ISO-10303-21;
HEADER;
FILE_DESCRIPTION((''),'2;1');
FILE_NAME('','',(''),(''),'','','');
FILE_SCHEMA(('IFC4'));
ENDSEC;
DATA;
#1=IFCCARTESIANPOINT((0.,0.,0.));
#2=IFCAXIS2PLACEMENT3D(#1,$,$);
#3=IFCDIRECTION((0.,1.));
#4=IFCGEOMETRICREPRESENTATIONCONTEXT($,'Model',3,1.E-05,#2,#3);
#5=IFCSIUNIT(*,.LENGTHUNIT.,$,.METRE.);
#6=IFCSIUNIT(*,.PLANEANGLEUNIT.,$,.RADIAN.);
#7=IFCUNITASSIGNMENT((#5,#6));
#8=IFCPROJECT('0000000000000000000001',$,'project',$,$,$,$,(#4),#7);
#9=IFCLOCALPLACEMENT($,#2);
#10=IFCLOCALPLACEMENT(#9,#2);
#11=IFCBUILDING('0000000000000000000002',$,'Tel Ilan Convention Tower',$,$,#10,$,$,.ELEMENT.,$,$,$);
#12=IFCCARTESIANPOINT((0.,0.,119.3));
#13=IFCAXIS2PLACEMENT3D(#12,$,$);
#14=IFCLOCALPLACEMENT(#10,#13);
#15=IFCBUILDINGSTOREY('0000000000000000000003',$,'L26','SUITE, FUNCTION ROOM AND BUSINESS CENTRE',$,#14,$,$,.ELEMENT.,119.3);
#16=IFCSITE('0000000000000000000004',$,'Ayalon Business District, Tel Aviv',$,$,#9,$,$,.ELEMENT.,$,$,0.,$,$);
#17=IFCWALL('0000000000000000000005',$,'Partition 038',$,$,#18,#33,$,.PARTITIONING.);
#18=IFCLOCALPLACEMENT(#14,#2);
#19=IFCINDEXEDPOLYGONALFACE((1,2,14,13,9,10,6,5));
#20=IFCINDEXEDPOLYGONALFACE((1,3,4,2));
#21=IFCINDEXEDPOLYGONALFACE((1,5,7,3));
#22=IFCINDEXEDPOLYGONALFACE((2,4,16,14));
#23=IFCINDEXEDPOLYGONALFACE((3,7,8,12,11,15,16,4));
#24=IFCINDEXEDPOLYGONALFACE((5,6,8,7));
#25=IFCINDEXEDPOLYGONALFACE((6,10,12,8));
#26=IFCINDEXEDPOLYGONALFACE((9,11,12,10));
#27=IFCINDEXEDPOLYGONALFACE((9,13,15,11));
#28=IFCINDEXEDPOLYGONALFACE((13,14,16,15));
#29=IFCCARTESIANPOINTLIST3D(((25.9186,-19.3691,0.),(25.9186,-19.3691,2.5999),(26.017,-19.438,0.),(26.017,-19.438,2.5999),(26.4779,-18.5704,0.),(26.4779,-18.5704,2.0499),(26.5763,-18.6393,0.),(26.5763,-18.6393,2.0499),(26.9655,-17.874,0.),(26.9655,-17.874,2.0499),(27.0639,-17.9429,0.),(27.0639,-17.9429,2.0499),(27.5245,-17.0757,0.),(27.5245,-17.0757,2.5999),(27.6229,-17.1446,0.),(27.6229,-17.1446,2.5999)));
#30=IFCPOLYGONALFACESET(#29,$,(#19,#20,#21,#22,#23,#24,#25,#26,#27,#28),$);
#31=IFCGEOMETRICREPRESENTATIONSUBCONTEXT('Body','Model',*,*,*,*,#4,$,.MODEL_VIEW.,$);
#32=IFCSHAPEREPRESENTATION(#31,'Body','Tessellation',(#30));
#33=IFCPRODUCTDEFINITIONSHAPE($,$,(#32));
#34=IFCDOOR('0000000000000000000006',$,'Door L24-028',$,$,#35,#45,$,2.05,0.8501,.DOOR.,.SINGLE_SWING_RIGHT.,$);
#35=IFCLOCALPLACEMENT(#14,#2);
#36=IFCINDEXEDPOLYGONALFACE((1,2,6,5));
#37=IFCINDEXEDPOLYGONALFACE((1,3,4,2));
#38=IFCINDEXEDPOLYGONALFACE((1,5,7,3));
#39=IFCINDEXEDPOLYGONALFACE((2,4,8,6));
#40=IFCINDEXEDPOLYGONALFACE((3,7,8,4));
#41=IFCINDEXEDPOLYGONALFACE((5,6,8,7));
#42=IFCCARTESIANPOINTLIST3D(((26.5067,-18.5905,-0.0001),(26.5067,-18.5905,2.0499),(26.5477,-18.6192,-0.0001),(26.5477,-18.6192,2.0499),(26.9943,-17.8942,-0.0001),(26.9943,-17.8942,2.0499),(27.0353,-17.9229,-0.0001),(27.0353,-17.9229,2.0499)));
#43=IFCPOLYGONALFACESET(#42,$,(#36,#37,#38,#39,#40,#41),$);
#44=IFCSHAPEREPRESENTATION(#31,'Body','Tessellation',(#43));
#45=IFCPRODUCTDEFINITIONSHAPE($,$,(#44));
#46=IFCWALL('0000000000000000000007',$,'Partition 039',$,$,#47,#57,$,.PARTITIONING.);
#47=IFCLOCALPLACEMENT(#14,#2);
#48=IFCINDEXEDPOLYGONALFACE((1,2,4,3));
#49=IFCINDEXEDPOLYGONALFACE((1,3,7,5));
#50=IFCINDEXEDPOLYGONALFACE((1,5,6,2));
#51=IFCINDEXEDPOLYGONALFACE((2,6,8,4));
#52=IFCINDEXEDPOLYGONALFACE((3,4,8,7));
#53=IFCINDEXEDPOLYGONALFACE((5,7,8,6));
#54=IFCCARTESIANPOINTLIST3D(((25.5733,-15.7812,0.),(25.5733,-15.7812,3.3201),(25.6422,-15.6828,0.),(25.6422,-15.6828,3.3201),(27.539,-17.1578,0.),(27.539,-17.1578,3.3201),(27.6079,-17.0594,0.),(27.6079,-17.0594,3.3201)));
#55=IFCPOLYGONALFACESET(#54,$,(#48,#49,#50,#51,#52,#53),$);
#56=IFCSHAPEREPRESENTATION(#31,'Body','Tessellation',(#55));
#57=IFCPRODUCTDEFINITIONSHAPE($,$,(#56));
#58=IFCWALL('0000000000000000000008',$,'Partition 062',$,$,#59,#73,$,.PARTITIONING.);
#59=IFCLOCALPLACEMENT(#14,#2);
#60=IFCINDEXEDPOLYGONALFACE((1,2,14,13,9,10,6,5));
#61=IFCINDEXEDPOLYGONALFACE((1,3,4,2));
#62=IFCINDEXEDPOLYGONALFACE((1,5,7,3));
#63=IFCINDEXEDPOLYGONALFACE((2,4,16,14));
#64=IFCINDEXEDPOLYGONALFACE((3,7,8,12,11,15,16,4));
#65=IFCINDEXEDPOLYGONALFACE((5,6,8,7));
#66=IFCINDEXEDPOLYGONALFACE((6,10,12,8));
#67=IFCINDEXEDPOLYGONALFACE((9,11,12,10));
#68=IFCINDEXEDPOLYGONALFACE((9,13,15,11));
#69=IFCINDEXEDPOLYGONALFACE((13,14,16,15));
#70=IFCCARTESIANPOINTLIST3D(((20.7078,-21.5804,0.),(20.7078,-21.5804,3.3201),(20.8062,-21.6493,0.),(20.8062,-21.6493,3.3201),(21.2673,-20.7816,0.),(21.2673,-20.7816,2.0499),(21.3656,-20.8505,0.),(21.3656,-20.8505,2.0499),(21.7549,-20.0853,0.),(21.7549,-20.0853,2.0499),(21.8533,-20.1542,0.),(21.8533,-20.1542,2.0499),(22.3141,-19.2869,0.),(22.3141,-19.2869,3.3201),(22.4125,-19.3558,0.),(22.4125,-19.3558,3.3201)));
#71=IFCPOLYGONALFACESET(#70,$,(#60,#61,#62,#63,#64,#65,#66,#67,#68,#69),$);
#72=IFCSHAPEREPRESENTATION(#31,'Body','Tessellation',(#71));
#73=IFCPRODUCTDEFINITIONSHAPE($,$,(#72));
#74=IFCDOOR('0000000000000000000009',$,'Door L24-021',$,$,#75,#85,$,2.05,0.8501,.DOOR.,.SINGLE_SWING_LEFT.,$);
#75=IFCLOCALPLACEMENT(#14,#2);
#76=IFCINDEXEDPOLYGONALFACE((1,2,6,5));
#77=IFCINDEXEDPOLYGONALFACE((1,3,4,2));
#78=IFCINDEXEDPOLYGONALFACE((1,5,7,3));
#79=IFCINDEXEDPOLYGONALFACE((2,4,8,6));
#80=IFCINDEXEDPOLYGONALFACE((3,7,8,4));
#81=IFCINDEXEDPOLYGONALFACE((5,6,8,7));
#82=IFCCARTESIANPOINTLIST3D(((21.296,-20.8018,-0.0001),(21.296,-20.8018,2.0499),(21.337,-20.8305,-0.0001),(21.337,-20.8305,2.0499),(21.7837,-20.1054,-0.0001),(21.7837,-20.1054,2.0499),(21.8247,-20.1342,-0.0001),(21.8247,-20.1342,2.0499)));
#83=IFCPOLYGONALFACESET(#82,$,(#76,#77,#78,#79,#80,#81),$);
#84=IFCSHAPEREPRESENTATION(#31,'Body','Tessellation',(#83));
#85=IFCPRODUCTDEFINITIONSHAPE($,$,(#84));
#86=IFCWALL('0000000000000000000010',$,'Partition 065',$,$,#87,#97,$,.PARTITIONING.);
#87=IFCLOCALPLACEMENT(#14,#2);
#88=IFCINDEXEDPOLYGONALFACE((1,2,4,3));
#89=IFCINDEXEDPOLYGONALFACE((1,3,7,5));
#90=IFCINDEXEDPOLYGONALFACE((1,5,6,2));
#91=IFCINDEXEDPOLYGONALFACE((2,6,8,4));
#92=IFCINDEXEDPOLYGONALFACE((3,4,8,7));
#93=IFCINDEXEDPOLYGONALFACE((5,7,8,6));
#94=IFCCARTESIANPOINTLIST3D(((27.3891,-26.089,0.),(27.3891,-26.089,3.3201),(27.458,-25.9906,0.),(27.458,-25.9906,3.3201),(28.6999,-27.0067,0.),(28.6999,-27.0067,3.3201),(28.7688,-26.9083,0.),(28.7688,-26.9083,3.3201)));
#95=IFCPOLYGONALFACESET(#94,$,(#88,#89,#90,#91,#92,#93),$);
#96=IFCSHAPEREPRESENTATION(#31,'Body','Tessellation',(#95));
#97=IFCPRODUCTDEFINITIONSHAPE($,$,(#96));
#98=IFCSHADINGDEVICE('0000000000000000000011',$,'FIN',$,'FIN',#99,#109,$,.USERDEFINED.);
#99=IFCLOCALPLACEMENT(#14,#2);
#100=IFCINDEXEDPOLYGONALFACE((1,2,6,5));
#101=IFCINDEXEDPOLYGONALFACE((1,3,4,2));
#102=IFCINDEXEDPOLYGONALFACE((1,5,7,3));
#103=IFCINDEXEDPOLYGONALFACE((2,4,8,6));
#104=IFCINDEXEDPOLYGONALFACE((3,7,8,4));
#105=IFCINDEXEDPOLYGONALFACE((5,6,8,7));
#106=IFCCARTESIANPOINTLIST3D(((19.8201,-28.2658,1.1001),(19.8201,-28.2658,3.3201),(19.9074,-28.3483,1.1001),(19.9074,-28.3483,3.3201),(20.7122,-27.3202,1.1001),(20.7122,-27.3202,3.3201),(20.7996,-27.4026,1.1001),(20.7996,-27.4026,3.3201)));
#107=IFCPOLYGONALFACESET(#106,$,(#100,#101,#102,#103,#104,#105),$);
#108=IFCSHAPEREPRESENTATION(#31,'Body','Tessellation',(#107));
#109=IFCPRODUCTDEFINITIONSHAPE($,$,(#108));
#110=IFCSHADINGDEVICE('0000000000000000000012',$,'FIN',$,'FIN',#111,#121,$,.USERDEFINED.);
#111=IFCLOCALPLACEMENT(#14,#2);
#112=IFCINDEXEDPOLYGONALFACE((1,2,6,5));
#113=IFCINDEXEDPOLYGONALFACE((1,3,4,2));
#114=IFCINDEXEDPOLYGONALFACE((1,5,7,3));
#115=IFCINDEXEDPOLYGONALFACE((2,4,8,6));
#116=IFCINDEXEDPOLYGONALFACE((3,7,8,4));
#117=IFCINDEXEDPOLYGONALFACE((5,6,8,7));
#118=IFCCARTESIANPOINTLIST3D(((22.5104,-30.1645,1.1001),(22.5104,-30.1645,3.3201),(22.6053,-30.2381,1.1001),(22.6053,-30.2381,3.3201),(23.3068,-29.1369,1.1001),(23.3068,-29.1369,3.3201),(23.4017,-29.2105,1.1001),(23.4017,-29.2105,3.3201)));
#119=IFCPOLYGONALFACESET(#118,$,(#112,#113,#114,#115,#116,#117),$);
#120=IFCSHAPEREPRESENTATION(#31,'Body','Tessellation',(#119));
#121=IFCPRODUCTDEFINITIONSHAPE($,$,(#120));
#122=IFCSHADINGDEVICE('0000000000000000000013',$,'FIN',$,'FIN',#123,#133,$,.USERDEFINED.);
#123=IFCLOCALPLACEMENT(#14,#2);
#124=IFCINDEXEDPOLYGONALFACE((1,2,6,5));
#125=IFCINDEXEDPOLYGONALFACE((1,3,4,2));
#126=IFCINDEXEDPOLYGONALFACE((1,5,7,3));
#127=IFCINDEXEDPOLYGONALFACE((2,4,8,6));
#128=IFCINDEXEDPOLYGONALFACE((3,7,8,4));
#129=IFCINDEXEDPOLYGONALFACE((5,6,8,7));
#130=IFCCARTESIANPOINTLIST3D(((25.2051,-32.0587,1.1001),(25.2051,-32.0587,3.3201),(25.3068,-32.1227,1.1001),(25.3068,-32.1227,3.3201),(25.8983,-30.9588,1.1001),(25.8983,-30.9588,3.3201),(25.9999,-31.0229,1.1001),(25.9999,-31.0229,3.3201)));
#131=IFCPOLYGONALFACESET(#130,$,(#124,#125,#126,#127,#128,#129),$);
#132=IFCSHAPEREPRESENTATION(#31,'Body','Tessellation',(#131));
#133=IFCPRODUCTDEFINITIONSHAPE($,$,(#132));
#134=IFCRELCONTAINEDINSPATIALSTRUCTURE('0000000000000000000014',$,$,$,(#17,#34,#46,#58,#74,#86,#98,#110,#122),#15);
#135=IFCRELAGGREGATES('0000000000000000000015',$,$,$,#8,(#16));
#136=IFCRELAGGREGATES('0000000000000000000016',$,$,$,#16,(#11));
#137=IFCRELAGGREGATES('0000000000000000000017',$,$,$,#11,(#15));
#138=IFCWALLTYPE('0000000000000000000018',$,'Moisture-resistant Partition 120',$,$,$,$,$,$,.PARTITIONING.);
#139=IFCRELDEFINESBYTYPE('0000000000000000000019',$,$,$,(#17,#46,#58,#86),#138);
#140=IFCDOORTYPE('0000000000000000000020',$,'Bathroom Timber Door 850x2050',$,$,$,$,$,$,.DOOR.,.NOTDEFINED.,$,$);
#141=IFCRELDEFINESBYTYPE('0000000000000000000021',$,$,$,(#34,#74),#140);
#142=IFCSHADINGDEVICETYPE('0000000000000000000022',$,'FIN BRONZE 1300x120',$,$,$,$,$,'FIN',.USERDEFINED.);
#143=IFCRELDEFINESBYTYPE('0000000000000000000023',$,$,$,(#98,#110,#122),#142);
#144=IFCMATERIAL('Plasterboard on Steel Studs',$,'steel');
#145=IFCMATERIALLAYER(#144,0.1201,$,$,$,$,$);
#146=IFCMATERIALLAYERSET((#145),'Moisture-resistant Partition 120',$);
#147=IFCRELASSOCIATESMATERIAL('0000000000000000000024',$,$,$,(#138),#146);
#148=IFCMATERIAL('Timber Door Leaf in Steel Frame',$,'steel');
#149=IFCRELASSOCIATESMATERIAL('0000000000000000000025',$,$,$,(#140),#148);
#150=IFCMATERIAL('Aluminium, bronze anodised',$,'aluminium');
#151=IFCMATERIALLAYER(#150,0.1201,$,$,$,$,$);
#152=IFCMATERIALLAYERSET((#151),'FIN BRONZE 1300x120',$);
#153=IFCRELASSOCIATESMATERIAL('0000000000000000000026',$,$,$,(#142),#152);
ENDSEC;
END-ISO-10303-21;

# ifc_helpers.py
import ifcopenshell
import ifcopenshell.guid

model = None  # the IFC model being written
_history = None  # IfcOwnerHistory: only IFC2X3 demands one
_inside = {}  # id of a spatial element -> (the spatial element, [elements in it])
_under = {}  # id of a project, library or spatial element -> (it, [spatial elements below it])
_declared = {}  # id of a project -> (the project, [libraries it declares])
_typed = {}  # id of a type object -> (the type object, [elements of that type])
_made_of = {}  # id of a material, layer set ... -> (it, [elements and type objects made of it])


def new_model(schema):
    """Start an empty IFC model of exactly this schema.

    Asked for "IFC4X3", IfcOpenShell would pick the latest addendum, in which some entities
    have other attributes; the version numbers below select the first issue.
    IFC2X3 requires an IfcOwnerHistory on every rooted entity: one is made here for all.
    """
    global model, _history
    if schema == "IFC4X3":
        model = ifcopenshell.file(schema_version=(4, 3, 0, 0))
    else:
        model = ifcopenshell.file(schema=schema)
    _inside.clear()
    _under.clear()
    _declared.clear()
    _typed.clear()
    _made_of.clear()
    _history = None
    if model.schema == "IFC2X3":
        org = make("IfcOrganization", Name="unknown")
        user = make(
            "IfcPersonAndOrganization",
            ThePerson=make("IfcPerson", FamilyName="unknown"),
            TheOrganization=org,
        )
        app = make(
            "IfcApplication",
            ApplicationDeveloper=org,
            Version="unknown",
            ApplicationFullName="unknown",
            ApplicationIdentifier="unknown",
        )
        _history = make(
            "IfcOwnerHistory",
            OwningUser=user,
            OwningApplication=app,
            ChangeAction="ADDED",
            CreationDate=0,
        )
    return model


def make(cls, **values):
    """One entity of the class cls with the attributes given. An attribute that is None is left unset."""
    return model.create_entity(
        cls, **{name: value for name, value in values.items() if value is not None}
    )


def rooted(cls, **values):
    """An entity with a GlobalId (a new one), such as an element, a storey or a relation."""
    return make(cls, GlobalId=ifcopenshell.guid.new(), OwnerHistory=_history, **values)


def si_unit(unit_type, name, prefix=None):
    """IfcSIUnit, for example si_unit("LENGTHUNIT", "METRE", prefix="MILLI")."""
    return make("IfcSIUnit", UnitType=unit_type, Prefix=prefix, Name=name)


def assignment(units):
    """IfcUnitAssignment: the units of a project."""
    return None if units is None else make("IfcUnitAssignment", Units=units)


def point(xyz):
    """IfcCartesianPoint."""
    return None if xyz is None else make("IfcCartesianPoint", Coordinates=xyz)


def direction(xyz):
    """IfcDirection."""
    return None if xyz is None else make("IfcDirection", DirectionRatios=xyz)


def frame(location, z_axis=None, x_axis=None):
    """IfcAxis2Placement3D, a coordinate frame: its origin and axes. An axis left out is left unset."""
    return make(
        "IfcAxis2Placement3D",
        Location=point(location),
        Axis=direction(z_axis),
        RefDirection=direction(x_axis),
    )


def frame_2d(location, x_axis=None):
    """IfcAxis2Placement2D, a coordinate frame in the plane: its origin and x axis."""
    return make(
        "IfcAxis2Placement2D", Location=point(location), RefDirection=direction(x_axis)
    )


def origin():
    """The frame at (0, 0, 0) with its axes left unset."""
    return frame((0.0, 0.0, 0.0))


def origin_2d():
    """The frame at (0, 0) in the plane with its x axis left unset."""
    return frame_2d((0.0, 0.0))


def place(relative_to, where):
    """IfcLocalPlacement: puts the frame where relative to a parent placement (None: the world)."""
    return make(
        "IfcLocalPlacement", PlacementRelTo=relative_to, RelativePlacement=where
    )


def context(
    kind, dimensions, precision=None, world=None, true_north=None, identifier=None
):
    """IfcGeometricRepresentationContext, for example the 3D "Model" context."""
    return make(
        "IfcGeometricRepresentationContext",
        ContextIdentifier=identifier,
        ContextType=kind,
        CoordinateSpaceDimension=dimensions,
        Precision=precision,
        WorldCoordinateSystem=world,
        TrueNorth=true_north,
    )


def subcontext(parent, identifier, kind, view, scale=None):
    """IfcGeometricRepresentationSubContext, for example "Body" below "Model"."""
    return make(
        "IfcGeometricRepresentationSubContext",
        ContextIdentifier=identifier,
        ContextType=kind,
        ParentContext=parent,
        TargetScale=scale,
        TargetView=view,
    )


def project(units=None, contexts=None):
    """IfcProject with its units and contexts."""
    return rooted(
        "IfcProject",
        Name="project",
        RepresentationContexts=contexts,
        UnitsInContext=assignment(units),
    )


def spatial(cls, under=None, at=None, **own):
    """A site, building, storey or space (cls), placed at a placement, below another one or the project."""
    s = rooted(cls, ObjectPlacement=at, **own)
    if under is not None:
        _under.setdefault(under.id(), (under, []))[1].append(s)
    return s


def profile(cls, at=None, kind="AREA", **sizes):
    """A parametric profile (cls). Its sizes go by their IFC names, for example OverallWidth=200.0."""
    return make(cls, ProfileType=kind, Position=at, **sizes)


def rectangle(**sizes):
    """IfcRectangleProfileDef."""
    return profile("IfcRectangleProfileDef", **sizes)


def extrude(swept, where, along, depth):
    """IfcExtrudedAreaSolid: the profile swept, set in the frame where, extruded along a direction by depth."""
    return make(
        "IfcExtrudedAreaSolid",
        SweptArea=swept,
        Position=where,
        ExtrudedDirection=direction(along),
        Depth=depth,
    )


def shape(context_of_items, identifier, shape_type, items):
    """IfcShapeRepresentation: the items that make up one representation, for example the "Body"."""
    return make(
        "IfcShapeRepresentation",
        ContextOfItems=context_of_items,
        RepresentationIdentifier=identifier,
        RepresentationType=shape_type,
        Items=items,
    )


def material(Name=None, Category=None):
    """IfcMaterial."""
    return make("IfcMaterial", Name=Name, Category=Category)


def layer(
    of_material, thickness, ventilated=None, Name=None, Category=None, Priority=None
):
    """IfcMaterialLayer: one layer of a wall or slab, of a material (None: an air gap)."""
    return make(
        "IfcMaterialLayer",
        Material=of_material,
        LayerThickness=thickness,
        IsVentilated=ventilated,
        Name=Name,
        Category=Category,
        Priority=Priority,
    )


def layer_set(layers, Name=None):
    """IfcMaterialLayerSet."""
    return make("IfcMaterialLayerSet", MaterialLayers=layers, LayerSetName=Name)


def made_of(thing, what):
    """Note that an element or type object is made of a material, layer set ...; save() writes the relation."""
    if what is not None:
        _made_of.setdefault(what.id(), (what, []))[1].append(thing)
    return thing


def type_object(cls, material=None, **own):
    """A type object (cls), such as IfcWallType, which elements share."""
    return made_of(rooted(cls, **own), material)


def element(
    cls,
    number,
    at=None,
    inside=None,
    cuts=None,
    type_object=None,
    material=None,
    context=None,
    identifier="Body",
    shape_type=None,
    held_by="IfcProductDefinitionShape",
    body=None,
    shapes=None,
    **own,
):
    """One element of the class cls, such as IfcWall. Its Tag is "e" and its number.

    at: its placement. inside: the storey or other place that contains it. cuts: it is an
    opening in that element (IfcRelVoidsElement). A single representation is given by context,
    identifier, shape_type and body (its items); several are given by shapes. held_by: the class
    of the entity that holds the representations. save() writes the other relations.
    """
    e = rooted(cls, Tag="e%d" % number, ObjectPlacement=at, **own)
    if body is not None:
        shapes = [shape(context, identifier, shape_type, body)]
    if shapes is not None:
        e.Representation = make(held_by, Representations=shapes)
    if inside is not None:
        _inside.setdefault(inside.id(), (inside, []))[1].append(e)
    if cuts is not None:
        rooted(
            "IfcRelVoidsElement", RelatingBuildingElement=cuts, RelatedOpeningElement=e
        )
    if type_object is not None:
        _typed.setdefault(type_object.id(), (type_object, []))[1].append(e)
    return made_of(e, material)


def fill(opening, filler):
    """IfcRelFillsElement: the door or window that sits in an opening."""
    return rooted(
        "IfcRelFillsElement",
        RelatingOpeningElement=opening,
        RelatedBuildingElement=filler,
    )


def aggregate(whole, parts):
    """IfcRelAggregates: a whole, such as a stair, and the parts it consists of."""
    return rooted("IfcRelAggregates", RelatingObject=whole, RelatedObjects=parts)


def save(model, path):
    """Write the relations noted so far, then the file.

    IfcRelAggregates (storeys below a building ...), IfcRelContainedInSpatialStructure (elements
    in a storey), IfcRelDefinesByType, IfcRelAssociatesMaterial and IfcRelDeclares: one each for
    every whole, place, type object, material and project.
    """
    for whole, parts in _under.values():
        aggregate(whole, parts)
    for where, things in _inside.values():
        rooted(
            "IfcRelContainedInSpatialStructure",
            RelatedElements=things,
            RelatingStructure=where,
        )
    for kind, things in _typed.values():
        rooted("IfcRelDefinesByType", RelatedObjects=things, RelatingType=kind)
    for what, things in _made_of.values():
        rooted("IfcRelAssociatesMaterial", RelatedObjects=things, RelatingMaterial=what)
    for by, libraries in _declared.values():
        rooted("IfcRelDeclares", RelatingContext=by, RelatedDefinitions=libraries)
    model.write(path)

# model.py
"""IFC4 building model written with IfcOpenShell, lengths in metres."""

from ifc_helpers import new_model, si_unit, direction, frame, frame_2d, origin, origin_2d, place, context, subcontext, project, spatial, rectangle, extrude, material, layer, layer_set, type_object, element, fill, save


model = new_model("IFC4")

# Units and contexts
model_context = context("Model", 3, precision=1e-05, world=origin(), true_north=direction((0.0, 1.0)))
body_context = subcontext(model_context, "Body", "Model", "MODEL_VIEW")
ifc_project = project(units=[si_unit("LENGTHUNIT", "METRE"), si_unit("PLANEANGLEUNIT", "RADIAN")], contexts=[model_context])

# Site, building, storey
site_placement = place(None, origin())
site = spatial("IfcSite", under=ifc_project, at=site_placement, Name="Ayalon Business District, Tel Aviv", CompositionType="ELEMENT", RefElevation=0.0)
building_placement = place(site_placement, origin())
building = spatial("IfcBuilding", under=site, at=building_placement, Name="Tel Ilan Convention Tower", CompositionType="ELEMENT")
storey_placement = place(building_placement, frame((0.0, 0.0, 119.3)))
storey = spatial("IfcBuildingStorey", under=building, at=storey_placement, Name="L26", Description="SUITE, FUNCTION ROOM AND BUSINESS CENTRE", CompositionType="ELEMENT", Elevation=119.3)

# Wall, opening, door
ifc_material_1 = material(Name="Plasterboard on Steel Studs", Category="steel")
ifc_layer_1 = layer(ifc_material_1, 0.1201)
ifc_layer_set_1 = layer_set([ifc_layer_1], Name="Moisture-resistant Partition 120")
wall_type_1 = type_object("IfcWallType", Name="Moisture-resistant Partition 120", PredefinedType="PARTITIONING", material=ifc_layer_set_1)
wall_1_placement = place(storey_placement, frame((25.9678, -19.4036, 0.0), z_axis=(0.0, 0.0, 1.0), x_axis=(0.573591, 0.819142, 0.0)))
wall_1 = element("IfcWall", 1, at=wall_1_placement, inside=storey, type_object=wall_type_1, Name="Partition 038", PredefinedType="PARTITIONING", context=body_context, shape_type="SweptSolid", body=[
    extrude(rectangle(XDim=2.7998, YDim=0.1201, at=frame_2d((1.3999, 0.0))), origin(), (0.0, 0.0, 1.0), 2.5999),
])
opening_1_placement = place(wall_1_placement, frame((0.9751, 0.0, 0.0)))
opening_1 = element("IfcOpeningElement", 2, at=opening_1_placement, cuts=wall_1, PredefinedType="OPENING", context=body_context, shape_type="SweptSolid", body=[
    extrude(rectangle(XDim=0.8501, YDim=2.05, at=frame_2d((0.425, 1.0249))), frame((0.0, 0.0701, 0.0), z_axis=(0.0, -1.0, 0.0), x_axis=(1.0, 0.0, 0.0)), (0.0, 0.0, 1.0), 0.1401),
])
ifc_material_2 = material(Name="Timber Door Leaf in Steel Frame", Category="steel")
door_type_1 = type_object("IfcDoorType", Name="Bathroom Timber Door 850x2050", OperationType="NOTDEFINED", PredefinedType="DOOR", material=ifc_material_2)
door_1_placement = place(opening_1_placement, origin())
door_1 = element("IfcDoor", 3, at=door_1_placement, inside=storey, type_object=door_type_1, Name="Door L24-028", OperationType="SINGLE_SWING_RIGHT", OverallHeight=2.05, OverallWidth=0.8501, PredefinedType="DOOR", context=body_context, shape_type="SweptSolid", body=[
    extrude(rectangle(XDim=0.8501, YDim=2.05, at=frame_2d((0.425, 1.0249))), frame((0.0, 0.0249, 0.0), z_axis=(0.0, -1.0, 0.0), x_axis=(1.0, 0.0, 0.0)), (0.0, 0.0, 1.0), 0.05),
])
fill(opening_1, door_1)

# Wall
wall_2_placement = place(storey_placement, frame((27.5735, -17.1086, 0.0), z_axis=(0.0, 0.0, 1.0), x_axis=(-0.819108, 0.57364, 0.0)))
element("IfcWall", 4, at=wall_2_placement, inside=storey, type_object=wall_type_1, Name="Partition 039", PredefinedType="PARTITIONING", context=body_context, shape_type="SweptSolid", body=[
    extrude(rectangle(XDim=2.3999, YDim=0.1201, at=frame_2d((1.2, 0.0))), origin(), (0.0, 0.0, 1.0), 3.3201),
])

# Wall, opening, door
wall_3_placement = place(storey_placement, frame((20.7571, -21.6147, 0.0), z_axis=(0.0, 0.0, 1.0), x_axis=(0.57365, 0.819101, 0.0)))
wall_3 = element("IfcWall", 5, at=wall_3_placement, inside=storey, type_object=wall_type_1, Name="Partition 062", PredefinedType="PARTITIONING", context=body_context, shape_type="SweptSolid", body=[
    extrude(rectangle(XDim=2.8, YDim=0.1201, at=frame_2d((1.3999, 0.0))), origin(), (0.0, 0.0, 1.0), 3.3201),
])
opening_2_placement = place(wall_3_placement, frame((0.9751, 0.0, 0.0)))
opening_2 = element("IfcOpeningElement", 6, at=opening_2_placement, cuts=wall_3, PredefinedType="OPENING", context=body_context, shape_type="SweptSolid", body=[
    extrude(rectangle(XDim=0.8501, YDim=2.05, at=frame_2d((0.425, 1.0249))), frame((0.0, 0.0701, 0.0), z_axis=(0.0, -1.0, 0.0), x_axis=(1.0, 0.0, 0.0)), (0.0, 0.0, 1.0), 0.1401),
])
door_2_placement = place(opening_2_placement, origin())
door_2 = element("IfcDoor", 7, at=door_2_placement, inside=storey, type_object=door_type_1, Name="Door L24-021", OperationType="SINGLE_SWING_LEFT", OverallHeight=2.05, OverallWidth=0.8501, PredefinedType="DOOR", context=body_context, shape_type="SweptSolid", body=[
    extrude(rectangle(XDim=0.8501, YDim=2.05, at=frame_2d((0.425, 1.0249))), frame((0.0, 0.0249, 0.0), z_axis=(0.0, -1.0, 0.0), x_axis=(1.0, 0.0, 0.0)), (0.0, 0.0, 1.0), 0.05),
])
fill(opening_2, door_2)

# Wall
wall_4_placement = place(storey_placement, frame((27.4236, -26.0398, 0.0), z_axis=(0.0, 0.0, 1.0), x_axis=(0.819182, -0.573534, 0.0)))
element("IfcWall", 8, at=wall_4_placement, inside=storey, type_object=wall_type_1, Name="Partition 065", PredefinedType="PARTITIONING", context=body_context, shape_type="SweptSolid", body=[
    extrude(rectangle(XDim=1.6001, YDim=0.1201, at=frame_2d((0.8, 0.0))), origin(), (0.0, 0.0, 1.0), 3.3201),
])

# Shading devices
ifc_material_3 = material(Name="Aluminium, bronze anodised", Category="aluminium")
ifc_layer_2 = layer(ifc_material_3, 0.1201)
ifc_layer_set_2 = layer_set([ifc_layer_2], Name="FIN BRONZE 1300x120")
shading_device_type = type_object("IfcShadingDeviceType", Name="FIN BRONZE 1300x120", ElementType="FIN", PredefinedType="USERDEFINED", material=ifc_layer_set_2)
for number, where, z_axis, x_axis, name in (
    (9, (20.3098, -27.8342, 1.1001), (0.0, 0.0, 1.0), (-0.686242, -0.727374, 0.0), "FIN"),
    (10, (22.9561, -29.6875, 1.1001), (0.0, 0.0, 1.0), (-0.612601, -0.790393, 0.0), "FIN"),
    (11, (25.6025, -31.5408, 1.1001), (0.0, 0.0, 1.0), (-0.533204, -0.845986, 0.0), "FIN"),
):
    element("IfcShadingDevice", number, at=place(storey_placement, frame(where, z_axis=z_axis, x_axis=x_axis)), inside=storey, type_object=shading_device_type, Name=name, ObjectType="FIN", PredefinedType="USERDEFINED", context=body_context, shape_type="SweptSolid", body=[
        extrude(rectangle(XDim=1.3, YDim=0.1201, at=origin_2d()), origin(), (0.0, 0.0, 1.0), 2.22),
    ])

save(model, "model.ifc")
